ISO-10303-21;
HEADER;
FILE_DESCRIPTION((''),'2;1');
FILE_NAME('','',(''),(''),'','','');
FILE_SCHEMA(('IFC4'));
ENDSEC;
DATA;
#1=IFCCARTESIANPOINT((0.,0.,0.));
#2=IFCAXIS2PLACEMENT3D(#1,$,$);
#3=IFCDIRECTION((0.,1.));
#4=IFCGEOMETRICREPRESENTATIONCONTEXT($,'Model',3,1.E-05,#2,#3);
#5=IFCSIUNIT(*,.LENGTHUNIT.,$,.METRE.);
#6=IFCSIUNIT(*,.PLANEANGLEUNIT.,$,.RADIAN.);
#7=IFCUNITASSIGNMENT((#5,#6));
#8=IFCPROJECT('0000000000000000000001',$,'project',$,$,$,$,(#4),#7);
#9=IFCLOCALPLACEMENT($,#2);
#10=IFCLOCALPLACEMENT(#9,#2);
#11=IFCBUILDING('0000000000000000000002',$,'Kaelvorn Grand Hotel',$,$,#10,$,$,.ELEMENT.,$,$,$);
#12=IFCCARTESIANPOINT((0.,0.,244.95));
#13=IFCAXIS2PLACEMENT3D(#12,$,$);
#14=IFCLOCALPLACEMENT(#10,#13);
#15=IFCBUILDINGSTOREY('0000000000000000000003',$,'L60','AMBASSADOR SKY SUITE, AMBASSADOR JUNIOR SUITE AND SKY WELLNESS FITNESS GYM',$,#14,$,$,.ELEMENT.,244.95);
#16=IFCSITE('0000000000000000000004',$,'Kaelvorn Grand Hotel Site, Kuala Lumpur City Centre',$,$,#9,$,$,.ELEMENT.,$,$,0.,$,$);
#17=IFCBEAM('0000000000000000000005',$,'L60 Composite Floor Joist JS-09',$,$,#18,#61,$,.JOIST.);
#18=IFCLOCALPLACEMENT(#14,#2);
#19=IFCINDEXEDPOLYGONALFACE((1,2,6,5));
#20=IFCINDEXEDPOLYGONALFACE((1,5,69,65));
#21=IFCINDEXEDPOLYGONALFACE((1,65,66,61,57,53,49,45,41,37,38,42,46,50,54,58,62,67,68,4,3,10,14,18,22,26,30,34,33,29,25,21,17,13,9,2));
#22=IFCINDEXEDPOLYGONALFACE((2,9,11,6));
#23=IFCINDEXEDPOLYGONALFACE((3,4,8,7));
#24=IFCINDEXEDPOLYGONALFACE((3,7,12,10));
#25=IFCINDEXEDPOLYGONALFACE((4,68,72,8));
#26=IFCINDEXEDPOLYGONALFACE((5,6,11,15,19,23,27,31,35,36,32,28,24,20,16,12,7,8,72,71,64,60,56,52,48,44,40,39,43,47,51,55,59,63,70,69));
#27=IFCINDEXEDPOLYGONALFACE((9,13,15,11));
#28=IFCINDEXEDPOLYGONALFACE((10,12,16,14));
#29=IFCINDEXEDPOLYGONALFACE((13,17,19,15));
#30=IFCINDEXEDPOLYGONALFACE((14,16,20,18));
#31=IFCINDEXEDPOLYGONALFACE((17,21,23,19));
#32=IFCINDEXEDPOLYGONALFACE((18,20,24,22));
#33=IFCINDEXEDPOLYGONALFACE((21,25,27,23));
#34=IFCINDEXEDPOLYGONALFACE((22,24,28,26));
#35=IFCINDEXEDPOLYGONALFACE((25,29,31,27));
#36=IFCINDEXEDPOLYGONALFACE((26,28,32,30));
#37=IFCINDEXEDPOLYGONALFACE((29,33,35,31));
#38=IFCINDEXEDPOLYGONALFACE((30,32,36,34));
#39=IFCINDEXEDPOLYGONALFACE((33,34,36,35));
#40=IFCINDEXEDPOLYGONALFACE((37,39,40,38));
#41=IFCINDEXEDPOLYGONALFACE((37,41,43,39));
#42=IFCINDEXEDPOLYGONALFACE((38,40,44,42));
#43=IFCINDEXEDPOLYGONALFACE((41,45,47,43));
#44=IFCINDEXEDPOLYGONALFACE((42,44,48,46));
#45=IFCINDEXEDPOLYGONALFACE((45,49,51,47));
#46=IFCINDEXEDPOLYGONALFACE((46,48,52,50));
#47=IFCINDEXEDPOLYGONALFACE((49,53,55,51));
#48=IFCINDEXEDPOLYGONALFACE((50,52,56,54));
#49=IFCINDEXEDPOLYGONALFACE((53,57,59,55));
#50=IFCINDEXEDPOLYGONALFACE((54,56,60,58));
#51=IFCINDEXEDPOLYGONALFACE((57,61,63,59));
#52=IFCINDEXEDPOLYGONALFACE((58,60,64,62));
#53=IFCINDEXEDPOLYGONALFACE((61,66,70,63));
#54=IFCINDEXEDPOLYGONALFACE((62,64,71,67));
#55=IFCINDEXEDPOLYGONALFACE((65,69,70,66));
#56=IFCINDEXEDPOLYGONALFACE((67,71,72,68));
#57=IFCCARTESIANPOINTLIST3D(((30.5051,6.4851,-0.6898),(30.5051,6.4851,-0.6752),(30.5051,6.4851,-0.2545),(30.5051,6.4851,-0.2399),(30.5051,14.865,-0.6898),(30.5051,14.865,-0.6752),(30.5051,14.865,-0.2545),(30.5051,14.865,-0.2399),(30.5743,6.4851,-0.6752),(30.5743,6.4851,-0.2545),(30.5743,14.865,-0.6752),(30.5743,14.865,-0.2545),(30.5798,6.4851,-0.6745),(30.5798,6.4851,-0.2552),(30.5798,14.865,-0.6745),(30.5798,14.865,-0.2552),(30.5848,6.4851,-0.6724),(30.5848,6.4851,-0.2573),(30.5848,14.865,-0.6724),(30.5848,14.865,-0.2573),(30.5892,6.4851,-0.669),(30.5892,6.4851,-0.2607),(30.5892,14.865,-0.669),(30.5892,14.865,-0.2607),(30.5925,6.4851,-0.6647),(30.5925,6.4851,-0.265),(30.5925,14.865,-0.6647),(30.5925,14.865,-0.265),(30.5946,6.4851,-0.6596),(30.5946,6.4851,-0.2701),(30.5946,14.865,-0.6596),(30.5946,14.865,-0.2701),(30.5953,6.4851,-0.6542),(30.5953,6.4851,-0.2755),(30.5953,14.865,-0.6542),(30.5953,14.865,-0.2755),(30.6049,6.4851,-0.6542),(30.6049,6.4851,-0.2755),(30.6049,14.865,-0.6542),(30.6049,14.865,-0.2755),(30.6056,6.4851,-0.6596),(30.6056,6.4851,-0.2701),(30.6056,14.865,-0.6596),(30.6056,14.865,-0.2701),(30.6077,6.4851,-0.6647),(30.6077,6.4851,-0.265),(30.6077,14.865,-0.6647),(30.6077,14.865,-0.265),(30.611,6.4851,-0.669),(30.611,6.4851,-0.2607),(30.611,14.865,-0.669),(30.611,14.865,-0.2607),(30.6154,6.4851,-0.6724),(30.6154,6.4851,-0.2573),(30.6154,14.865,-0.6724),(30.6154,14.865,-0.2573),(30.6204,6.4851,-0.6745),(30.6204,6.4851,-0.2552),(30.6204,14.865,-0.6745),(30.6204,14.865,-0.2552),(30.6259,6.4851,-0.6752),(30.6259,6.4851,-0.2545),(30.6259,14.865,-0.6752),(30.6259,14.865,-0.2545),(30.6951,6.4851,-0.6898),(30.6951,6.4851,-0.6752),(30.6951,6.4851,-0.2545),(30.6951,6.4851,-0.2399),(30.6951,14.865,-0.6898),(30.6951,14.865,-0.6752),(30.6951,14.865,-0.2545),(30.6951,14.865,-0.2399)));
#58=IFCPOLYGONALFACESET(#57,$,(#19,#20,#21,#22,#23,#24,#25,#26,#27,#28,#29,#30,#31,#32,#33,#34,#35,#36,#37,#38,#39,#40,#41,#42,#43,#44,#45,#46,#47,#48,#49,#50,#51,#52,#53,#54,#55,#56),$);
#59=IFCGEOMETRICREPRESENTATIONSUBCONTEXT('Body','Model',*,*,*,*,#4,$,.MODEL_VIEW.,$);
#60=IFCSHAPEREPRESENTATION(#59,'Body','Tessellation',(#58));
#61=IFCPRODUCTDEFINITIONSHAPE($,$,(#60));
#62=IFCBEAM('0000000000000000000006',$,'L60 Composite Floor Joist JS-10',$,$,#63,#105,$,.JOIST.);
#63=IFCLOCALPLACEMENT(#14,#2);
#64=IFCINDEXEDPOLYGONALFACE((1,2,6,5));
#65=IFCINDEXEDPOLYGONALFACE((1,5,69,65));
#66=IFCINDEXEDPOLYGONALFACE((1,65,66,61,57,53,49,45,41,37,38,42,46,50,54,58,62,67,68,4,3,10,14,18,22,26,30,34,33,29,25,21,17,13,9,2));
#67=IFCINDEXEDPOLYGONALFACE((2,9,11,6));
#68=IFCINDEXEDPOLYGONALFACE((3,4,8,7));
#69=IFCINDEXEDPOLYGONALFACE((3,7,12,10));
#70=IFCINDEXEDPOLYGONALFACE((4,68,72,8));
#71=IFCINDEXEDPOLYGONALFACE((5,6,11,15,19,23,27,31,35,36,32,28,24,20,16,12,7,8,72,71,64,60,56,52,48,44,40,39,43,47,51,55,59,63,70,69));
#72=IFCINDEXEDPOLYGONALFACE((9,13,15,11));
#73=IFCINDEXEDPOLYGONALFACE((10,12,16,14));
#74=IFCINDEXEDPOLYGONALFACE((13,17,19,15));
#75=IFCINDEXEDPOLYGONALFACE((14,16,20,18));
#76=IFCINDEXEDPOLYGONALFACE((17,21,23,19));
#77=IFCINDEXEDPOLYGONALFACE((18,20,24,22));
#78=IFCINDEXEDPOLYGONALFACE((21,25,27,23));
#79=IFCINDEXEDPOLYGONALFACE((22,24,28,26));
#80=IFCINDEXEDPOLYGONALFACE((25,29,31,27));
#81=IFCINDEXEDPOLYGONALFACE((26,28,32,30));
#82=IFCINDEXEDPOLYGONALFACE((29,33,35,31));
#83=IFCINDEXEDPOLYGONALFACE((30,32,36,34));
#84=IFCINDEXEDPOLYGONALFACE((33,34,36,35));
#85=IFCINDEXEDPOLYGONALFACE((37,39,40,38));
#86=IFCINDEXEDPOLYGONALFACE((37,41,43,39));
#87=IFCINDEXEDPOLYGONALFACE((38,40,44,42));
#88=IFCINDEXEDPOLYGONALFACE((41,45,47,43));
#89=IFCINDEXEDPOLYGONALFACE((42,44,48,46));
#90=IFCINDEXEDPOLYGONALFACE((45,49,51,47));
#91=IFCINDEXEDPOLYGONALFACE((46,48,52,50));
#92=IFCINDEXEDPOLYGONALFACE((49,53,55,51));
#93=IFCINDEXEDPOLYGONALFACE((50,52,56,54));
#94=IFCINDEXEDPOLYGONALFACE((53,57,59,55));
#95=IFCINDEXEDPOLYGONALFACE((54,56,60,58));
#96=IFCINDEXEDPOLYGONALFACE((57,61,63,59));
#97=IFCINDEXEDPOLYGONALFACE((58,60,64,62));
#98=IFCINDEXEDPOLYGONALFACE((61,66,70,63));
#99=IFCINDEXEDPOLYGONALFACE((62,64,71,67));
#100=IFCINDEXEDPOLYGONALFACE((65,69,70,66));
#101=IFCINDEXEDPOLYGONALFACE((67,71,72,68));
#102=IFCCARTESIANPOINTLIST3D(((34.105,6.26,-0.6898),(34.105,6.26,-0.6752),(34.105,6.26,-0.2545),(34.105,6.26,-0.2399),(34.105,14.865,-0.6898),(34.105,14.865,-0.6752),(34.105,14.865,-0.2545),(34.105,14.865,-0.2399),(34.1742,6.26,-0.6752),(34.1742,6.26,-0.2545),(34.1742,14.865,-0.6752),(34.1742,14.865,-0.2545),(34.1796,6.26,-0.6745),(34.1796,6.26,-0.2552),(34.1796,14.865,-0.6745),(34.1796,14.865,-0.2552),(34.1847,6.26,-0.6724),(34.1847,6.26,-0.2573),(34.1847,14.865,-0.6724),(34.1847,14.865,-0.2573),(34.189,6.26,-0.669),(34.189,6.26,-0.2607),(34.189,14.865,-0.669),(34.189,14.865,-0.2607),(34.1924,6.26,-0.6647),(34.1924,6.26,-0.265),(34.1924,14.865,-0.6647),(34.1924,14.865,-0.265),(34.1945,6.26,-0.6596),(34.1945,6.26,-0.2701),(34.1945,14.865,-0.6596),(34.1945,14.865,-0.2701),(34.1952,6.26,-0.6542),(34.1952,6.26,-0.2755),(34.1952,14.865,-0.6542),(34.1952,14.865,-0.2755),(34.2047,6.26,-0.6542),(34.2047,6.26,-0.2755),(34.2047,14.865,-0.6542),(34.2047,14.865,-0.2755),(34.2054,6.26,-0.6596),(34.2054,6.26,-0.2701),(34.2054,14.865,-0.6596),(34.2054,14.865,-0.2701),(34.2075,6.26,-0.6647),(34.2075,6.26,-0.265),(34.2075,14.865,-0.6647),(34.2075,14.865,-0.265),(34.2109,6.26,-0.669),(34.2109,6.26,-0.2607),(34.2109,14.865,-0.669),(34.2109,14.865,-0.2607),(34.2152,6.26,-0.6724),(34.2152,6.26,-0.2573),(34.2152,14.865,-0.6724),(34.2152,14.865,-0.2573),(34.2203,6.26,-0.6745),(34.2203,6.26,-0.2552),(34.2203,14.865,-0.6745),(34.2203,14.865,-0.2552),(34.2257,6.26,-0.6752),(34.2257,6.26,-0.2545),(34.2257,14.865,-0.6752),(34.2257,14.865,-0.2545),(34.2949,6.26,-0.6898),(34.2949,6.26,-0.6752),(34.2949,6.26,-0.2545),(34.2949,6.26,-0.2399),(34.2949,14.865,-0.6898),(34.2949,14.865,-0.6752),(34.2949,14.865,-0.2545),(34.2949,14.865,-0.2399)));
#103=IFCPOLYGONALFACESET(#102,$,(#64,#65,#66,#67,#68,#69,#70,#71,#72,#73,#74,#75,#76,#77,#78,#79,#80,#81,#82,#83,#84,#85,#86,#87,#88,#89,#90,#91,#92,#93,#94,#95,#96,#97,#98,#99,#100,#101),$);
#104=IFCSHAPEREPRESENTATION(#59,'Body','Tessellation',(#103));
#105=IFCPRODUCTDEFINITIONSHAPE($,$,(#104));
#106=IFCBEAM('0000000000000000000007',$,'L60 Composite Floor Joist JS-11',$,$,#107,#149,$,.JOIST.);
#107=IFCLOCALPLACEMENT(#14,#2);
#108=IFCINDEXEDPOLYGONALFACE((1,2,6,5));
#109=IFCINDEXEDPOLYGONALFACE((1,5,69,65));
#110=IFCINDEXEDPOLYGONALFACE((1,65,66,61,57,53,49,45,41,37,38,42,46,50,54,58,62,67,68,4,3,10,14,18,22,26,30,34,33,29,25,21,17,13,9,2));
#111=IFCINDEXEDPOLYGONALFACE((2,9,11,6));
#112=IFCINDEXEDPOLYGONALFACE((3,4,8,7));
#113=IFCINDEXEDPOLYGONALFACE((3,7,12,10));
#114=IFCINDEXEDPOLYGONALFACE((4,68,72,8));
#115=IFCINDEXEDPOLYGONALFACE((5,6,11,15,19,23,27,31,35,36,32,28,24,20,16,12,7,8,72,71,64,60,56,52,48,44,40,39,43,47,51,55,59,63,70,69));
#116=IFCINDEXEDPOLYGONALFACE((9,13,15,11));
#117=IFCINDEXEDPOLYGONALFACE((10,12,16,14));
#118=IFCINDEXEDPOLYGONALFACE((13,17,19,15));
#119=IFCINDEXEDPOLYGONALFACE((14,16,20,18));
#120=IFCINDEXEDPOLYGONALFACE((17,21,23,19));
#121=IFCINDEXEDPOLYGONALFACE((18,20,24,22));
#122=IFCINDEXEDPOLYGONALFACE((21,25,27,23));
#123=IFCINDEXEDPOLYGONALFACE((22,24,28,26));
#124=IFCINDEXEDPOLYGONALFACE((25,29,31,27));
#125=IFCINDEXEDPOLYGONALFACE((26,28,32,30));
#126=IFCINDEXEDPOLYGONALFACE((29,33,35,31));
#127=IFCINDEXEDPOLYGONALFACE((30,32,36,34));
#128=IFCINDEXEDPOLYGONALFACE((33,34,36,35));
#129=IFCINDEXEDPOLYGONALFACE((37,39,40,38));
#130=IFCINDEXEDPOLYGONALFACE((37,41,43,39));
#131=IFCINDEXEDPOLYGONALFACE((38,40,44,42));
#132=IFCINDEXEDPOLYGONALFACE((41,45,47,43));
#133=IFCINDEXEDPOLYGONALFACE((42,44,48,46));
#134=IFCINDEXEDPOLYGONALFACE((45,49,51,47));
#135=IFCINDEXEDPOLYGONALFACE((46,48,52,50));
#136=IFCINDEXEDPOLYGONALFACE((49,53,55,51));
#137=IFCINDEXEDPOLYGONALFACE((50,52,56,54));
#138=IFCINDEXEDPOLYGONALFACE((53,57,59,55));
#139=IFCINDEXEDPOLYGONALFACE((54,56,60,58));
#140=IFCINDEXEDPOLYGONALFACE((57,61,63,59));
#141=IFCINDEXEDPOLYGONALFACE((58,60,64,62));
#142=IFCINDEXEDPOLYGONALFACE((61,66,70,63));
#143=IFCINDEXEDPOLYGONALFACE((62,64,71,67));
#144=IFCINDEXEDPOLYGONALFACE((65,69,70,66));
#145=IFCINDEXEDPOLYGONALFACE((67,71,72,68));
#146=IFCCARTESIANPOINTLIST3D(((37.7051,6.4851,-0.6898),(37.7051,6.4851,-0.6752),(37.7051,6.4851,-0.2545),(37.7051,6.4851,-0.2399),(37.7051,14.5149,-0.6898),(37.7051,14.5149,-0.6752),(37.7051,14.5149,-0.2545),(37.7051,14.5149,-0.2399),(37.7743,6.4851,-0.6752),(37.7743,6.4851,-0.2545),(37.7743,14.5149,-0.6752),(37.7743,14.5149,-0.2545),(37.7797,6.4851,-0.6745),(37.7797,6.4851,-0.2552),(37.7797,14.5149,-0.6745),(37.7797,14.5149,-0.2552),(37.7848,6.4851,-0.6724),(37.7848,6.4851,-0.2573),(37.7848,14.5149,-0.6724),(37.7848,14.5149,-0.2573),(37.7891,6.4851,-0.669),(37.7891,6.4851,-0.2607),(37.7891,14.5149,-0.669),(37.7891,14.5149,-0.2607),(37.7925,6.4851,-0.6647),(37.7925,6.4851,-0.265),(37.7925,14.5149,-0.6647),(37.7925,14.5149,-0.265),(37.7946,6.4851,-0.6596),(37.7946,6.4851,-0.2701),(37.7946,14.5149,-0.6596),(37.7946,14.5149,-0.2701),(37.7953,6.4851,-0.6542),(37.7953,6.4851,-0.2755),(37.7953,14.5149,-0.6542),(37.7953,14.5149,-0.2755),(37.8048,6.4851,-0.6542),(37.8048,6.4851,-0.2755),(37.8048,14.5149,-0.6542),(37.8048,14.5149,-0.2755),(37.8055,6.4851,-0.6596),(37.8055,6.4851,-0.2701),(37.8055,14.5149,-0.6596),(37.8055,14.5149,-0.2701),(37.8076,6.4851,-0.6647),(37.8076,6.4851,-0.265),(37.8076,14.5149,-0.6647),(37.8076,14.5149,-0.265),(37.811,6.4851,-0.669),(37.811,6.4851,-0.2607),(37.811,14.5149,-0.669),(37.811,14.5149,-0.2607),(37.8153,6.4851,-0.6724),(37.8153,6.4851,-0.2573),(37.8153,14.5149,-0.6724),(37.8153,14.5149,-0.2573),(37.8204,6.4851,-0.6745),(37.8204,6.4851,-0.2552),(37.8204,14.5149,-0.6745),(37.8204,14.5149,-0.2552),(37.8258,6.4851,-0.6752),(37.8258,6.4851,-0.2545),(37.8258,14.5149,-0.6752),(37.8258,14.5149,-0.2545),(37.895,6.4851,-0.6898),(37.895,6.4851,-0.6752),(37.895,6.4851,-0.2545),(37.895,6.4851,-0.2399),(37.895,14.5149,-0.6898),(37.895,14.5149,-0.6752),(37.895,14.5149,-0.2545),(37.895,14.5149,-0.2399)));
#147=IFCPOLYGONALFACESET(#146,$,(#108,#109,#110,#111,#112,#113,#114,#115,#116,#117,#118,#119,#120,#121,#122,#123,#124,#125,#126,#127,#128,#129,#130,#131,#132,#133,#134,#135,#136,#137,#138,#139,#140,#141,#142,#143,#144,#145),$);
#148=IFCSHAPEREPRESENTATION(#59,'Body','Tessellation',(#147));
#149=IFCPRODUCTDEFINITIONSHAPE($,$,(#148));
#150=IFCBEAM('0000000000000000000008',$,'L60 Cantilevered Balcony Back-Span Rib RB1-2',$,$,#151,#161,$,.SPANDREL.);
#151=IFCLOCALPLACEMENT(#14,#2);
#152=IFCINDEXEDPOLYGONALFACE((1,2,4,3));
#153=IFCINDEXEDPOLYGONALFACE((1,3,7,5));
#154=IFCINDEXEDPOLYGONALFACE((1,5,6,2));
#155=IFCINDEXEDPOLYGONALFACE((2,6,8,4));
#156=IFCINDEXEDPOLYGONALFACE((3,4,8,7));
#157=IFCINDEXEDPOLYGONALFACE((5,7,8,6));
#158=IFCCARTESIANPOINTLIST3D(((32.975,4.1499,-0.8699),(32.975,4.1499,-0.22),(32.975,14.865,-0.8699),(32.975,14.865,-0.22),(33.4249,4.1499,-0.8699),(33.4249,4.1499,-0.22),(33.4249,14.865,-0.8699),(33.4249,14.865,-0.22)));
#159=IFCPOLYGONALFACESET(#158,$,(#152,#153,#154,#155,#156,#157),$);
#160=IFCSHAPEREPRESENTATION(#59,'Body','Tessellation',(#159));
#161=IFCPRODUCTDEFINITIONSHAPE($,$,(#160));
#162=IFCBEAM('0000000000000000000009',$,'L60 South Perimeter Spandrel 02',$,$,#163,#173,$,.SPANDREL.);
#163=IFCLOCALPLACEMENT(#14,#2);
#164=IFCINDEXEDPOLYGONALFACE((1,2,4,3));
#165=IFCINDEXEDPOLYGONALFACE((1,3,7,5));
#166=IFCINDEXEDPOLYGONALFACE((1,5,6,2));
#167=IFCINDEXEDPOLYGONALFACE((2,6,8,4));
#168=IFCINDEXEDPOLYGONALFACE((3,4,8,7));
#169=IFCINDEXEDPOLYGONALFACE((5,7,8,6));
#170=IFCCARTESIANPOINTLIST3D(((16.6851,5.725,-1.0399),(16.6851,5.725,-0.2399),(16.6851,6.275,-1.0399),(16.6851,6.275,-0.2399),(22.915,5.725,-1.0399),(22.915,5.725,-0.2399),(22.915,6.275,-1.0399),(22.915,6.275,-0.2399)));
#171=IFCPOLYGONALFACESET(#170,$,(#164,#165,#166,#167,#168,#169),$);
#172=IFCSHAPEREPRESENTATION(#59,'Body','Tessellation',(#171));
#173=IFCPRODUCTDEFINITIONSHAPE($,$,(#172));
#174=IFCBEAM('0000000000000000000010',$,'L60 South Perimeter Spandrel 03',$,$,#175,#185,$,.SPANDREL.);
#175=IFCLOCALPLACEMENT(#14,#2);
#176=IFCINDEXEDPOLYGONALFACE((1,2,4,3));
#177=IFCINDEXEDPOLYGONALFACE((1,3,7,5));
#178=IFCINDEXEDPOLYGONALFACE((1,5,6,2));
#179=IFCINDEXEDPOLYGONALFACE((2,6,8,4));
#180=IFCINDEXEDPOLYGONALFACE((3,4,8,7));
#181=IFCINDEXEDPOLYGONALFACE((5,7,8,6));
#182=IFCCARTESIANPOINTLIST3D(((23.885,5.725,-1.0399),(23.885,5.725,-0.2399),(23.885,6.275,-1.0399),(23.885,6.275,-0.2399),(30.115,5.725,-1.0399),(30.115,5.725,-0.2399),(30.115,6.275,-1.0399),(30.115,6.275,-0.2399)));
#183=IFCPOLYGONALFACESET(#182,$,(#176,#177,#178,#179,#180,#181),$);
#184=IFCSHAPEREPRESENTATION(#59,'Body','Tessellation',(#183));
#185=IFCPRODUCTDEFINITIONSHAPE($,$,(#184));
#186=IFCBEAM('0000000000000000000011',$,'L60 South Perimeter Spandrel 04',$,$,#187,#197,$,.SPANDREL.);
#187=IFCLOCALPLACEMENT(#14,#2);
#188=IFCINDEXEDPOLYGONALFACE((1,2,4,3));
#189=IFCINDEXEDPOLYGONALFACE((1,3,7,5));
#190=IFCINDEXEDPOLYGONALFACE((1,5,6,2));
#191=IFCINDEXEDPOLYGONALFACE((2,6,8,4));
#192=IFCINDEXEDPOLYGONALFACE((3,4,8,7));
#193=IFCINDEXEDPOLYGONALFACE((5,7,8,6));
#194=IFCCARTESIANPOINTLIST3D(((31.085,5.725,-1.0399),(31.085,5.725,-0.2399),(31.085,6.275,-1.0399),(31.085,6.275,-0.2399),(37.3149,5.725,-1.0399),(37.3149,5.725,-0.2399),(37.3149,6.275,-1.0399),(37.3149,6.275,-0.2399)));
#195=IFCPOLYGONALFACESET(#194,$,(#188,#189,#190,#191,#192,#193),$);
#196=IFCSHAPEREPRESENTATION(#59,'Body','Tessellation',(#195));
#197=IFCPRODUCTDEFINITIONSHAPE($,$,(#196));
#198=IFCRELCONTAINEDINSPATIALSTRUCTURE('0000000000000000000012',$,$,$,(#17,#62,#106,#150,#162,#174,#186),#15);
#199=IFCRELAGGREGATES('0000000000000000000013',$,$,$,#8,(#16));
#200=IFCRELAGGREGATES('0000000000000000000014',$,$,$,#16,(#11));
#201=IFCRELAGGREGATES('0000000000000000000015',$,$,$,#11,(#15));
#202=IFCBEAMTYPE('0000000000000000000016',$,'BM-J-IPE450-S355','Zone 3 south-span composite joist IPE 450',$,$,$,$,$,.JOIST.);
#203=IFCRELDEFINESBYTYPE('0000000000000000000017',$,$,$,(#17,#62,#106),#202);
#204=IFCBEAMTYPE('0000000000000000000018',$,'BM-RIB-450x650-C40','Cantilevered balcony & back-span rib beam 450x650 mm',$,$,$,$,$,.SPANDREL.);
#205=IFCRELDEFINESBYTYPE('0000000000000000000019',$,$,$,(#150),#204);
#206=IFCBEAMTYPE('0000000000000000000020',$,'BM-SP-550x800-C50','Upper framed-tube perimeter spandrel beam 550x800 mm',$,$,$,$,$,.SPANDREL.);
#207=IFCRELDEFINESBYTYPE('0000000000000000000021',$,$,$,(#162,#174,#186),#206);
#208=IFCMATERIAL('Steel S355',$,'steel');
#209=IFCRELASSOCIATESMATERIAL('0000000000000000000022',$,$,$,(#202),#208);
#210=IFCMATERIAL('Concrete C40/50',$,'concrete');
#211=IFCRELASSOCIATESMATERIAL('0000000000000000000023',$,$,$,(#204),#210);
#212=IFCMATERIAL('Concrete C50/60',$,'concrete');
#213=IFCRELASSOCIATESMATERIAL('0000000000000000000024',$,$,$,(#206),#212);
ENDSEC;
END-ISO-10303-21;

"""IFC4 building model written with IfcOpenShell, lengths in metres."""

from ifc_helpers import new_model, si_unit, direction, frame, origin, origin_2d, place, context, subcontext, project, spatial, rectangle, i_section, extrude, material, material_profile, profile_set, type_object, element, save


model = new_model("IFC4")

# Units and contexts
model_context = context("Model", 3, precision=1e-05, world=origin(), true_north=direction((0.0, 1.0)))
body_context = subcontext(model_context, "Body", "Model", "MODEL_VIEW")
ifc_project = project(units=[si_unit("LENGTHUNIT", "METRE"), si_unit("PLANEANGLEUNIT", "RADIAN")], contexts=[model_context])

# Site, building, storey
site_placement = place(None, origin())
site = spatial("IfcSite", under=ifc_project, at=site_placement, Name="Kaelvorn Grand Hotel Site, Kuala Lumpur City Centre", CompositionType="ELEMENT", RefElevation=0.0)
building_placement = place(site_placement, origin())
building = spatial("IfcBuilding", under=site, at=building_placement, Name="Kaelvorn Grand Hotel", CompositionType="ELEMENT")
storey_placement = place(building_placement, frame((0.0, 0.0, 244.95)))
storey = spatial("IfcBuildingStorey", under=building, at=storey_placement, Name="L60", Description="AMBASSADOR SKY SUITE, AMBASSADOR JUNIOR SUITE AND SKY WELLNESS FITNESS GYM", CompositionType="ELEMENT", Elevation=244.95)

# Shared definitions
ifc_material_1 = material(Name="Concrete C50/60", Category="concrete")

# Beams
ifc_material_2 = material(Name="Steel S355", Category="steel")
ifc_material_profile_1 = material_profile(ifc_material_2, i_section(OverallWidth=0.1899, OverallDepth=0.45, WebThickness=0.0095, FlangeThickness=0.0146, FilletRadius=0.021, at=origin_2d()), Name="IPE 450")
ifc_profile_set_1 = profile_set([ifc_material_profile_1], Name="Steel S355")
beam_type_1 = type_object("IfcBeamType", Name="BM-J-IPE450-S355", Description="Zone 3 south-span composite joist IPE 450", PredefinedType="JOIST", material=ifc_profile_set_1)
beam_1_placement = place(storey_placement, frame((30.6001, 6.4851, -0.4648), z_axis=(0.0, 1.0, 0.0), x_axis=(-1.0, 0.0, 0.0)))
element("IfcBeam", 1, at=beam_1_placement, inside=storey, type_object=beam_type_1, Name="L60 Composite Floor Joist JS-09", PredefinedType="JOIST", context=body_context, shape_type="SweptSolid", body=[
    extrude(i_section(OverallWidth=0.1899, OverallDepth=0.45, WebThickness=0.0095, FlangeThickness=0.0146, FilletRadius=0.021, at=origin_2d()), origin(), (0.0, 0.0, 1.0), 8.3799),
])
beam_2_placement = place(storey_placement, frame((34.2, 6.26, -0.4648), z_axis=(0.0, 1.0, 0.0), x_axis=(-1.0, 0.0, 0.0)))
element("IfcBeam", 2, at=beam_2_placement, inside=storey, type_object=beam_type_1, Name="L60 Composite Floor Joist JS-10", PredefinedType="JOIST", context=body_context, shape_type="SweptSolid", body=[
    extrude(i_section(OverallWidth=0.1899, OverallDepth=0.45, WebThickness=0.0095, FlangeThickness=0.0146, FilletRadius=0.021, at=origin_2d()), origin(), (0.0, 0.0, 1.0), 8.605),
])
beam_3_placement = place(storey_placement, frame((37.8, 6.4851, -0.4648), z_axis=(0.0, 1.0, 0.0), x_axis=(-1.0, 0.0, 0.0)))
element("IfcBeam", 3, at=beam_3_placement, inside=storey, type_object=beam_type_1, Name="L60 Composite Floor Joist JS-11", PredefinedType="JOIST", context=body_context, shape_type="SweptSolid", body=[
    extrude(i_section(OverallWidth=0.1899, OverallDepth=0.45, WebThickness=0.0095, FlangeThickness=0.0146, FilletRadius=0.021, at=origin_2d()), origin(), (0.0, 0.0, 1.0), 8.0298),
])
ifc_material_3 = material(Name="Concrete C40/50", Category="concrete")
ifc_material_profile_2 = material_profile(ifc_material_3, rectangle(XDim=0.45, YDim=0.6499, at=origin_2d()), Name="RC RIB 450x650")
ifc_profile_set_2 = profile_set([ifc_material_profile_2], Name="Concrete C40/50")
beam_type_2 = type_object("IfcBeamType", Name="BM-RIB-450x650-C40", Description="Cantilevered balcony & back-span rib beam 450x650 mm", PredefinedType="SPANDREL", material=ifc_profile_set_2)
beam_4_placement = place(storey_placement, frame((33.2, 4.1499, -0.5449), z_axis=(0.0, 1.0, 0.0), x_axis=(-1.0, 0.0, 0.0)))
element("IfcBeam", 4, at=beam_4_placement, inside=storey, type_object=beam_type_2, Name="L60 Cantilevered Balcony Back-Span Rib RB1-2", PredefinedType="SPANDREL", context=body_context, shape_type="SweptSolid", body=[
    extrude(rectangle(XDim=0.45, YDim=0.6499, at=origin_2d()), origin(), (0.0, 0.0, 1.0), 10.7151),
])
ifc_material_profile_3 = material_profile(ifc_material_1, rectangle(XDim=0.55, YDim=0.8, at=origin_2d()), Name="RC SPANDREL 550x800")
ifc_profile_set_3 = profile_set([ifc_material_profile_3], Name="Concrete C50/60")
beam_type_3 = type_object("IfcBeamType", Name="BM-SP-550x800-C50", Description="Upper framed-tube perimeter spandrel beam 550x800 mm", PredefinedType="SPANDREL", material=ifc_profile_set_3)
for number, where, z_axis, x_axis, name in (
    (5, (16.6851, 6.0, -0.6399), (1.0, 0.0, 0.0), (0.0, 1.0, 0.0), "L60 South Perimeter Spandrel 02"),
    (6, (23.885, 6.0, -0.6399), (1.0, 0.0, 0.0), (0.0, 1.0, 0.0), "L60 South Perimeter Spandrel 03"),
    (7, (31.085, 6.0, -0.6399), (1.0, 0.0, 0.0), (0.0, 1.0, 0.0), "L60 South Perimeter Spandrel 04"),
):
    element("IfcBeam", number, at=place(storey_placement, frame(where, z_axis=z_axis, x_axis=x_axis)), inside=storey, type_object=beam_type_3, Name=name, PredefinedType="SPANDREL", context=body_context, shape_type="SweptSolid", body=[
        extrude(rectangle(XDim=0.55, YDim=0.8, at=origin_2d()), origin(), (0.0, 0.0, 1.0), 6.23),
    ])

save(model, "model.ifc")
